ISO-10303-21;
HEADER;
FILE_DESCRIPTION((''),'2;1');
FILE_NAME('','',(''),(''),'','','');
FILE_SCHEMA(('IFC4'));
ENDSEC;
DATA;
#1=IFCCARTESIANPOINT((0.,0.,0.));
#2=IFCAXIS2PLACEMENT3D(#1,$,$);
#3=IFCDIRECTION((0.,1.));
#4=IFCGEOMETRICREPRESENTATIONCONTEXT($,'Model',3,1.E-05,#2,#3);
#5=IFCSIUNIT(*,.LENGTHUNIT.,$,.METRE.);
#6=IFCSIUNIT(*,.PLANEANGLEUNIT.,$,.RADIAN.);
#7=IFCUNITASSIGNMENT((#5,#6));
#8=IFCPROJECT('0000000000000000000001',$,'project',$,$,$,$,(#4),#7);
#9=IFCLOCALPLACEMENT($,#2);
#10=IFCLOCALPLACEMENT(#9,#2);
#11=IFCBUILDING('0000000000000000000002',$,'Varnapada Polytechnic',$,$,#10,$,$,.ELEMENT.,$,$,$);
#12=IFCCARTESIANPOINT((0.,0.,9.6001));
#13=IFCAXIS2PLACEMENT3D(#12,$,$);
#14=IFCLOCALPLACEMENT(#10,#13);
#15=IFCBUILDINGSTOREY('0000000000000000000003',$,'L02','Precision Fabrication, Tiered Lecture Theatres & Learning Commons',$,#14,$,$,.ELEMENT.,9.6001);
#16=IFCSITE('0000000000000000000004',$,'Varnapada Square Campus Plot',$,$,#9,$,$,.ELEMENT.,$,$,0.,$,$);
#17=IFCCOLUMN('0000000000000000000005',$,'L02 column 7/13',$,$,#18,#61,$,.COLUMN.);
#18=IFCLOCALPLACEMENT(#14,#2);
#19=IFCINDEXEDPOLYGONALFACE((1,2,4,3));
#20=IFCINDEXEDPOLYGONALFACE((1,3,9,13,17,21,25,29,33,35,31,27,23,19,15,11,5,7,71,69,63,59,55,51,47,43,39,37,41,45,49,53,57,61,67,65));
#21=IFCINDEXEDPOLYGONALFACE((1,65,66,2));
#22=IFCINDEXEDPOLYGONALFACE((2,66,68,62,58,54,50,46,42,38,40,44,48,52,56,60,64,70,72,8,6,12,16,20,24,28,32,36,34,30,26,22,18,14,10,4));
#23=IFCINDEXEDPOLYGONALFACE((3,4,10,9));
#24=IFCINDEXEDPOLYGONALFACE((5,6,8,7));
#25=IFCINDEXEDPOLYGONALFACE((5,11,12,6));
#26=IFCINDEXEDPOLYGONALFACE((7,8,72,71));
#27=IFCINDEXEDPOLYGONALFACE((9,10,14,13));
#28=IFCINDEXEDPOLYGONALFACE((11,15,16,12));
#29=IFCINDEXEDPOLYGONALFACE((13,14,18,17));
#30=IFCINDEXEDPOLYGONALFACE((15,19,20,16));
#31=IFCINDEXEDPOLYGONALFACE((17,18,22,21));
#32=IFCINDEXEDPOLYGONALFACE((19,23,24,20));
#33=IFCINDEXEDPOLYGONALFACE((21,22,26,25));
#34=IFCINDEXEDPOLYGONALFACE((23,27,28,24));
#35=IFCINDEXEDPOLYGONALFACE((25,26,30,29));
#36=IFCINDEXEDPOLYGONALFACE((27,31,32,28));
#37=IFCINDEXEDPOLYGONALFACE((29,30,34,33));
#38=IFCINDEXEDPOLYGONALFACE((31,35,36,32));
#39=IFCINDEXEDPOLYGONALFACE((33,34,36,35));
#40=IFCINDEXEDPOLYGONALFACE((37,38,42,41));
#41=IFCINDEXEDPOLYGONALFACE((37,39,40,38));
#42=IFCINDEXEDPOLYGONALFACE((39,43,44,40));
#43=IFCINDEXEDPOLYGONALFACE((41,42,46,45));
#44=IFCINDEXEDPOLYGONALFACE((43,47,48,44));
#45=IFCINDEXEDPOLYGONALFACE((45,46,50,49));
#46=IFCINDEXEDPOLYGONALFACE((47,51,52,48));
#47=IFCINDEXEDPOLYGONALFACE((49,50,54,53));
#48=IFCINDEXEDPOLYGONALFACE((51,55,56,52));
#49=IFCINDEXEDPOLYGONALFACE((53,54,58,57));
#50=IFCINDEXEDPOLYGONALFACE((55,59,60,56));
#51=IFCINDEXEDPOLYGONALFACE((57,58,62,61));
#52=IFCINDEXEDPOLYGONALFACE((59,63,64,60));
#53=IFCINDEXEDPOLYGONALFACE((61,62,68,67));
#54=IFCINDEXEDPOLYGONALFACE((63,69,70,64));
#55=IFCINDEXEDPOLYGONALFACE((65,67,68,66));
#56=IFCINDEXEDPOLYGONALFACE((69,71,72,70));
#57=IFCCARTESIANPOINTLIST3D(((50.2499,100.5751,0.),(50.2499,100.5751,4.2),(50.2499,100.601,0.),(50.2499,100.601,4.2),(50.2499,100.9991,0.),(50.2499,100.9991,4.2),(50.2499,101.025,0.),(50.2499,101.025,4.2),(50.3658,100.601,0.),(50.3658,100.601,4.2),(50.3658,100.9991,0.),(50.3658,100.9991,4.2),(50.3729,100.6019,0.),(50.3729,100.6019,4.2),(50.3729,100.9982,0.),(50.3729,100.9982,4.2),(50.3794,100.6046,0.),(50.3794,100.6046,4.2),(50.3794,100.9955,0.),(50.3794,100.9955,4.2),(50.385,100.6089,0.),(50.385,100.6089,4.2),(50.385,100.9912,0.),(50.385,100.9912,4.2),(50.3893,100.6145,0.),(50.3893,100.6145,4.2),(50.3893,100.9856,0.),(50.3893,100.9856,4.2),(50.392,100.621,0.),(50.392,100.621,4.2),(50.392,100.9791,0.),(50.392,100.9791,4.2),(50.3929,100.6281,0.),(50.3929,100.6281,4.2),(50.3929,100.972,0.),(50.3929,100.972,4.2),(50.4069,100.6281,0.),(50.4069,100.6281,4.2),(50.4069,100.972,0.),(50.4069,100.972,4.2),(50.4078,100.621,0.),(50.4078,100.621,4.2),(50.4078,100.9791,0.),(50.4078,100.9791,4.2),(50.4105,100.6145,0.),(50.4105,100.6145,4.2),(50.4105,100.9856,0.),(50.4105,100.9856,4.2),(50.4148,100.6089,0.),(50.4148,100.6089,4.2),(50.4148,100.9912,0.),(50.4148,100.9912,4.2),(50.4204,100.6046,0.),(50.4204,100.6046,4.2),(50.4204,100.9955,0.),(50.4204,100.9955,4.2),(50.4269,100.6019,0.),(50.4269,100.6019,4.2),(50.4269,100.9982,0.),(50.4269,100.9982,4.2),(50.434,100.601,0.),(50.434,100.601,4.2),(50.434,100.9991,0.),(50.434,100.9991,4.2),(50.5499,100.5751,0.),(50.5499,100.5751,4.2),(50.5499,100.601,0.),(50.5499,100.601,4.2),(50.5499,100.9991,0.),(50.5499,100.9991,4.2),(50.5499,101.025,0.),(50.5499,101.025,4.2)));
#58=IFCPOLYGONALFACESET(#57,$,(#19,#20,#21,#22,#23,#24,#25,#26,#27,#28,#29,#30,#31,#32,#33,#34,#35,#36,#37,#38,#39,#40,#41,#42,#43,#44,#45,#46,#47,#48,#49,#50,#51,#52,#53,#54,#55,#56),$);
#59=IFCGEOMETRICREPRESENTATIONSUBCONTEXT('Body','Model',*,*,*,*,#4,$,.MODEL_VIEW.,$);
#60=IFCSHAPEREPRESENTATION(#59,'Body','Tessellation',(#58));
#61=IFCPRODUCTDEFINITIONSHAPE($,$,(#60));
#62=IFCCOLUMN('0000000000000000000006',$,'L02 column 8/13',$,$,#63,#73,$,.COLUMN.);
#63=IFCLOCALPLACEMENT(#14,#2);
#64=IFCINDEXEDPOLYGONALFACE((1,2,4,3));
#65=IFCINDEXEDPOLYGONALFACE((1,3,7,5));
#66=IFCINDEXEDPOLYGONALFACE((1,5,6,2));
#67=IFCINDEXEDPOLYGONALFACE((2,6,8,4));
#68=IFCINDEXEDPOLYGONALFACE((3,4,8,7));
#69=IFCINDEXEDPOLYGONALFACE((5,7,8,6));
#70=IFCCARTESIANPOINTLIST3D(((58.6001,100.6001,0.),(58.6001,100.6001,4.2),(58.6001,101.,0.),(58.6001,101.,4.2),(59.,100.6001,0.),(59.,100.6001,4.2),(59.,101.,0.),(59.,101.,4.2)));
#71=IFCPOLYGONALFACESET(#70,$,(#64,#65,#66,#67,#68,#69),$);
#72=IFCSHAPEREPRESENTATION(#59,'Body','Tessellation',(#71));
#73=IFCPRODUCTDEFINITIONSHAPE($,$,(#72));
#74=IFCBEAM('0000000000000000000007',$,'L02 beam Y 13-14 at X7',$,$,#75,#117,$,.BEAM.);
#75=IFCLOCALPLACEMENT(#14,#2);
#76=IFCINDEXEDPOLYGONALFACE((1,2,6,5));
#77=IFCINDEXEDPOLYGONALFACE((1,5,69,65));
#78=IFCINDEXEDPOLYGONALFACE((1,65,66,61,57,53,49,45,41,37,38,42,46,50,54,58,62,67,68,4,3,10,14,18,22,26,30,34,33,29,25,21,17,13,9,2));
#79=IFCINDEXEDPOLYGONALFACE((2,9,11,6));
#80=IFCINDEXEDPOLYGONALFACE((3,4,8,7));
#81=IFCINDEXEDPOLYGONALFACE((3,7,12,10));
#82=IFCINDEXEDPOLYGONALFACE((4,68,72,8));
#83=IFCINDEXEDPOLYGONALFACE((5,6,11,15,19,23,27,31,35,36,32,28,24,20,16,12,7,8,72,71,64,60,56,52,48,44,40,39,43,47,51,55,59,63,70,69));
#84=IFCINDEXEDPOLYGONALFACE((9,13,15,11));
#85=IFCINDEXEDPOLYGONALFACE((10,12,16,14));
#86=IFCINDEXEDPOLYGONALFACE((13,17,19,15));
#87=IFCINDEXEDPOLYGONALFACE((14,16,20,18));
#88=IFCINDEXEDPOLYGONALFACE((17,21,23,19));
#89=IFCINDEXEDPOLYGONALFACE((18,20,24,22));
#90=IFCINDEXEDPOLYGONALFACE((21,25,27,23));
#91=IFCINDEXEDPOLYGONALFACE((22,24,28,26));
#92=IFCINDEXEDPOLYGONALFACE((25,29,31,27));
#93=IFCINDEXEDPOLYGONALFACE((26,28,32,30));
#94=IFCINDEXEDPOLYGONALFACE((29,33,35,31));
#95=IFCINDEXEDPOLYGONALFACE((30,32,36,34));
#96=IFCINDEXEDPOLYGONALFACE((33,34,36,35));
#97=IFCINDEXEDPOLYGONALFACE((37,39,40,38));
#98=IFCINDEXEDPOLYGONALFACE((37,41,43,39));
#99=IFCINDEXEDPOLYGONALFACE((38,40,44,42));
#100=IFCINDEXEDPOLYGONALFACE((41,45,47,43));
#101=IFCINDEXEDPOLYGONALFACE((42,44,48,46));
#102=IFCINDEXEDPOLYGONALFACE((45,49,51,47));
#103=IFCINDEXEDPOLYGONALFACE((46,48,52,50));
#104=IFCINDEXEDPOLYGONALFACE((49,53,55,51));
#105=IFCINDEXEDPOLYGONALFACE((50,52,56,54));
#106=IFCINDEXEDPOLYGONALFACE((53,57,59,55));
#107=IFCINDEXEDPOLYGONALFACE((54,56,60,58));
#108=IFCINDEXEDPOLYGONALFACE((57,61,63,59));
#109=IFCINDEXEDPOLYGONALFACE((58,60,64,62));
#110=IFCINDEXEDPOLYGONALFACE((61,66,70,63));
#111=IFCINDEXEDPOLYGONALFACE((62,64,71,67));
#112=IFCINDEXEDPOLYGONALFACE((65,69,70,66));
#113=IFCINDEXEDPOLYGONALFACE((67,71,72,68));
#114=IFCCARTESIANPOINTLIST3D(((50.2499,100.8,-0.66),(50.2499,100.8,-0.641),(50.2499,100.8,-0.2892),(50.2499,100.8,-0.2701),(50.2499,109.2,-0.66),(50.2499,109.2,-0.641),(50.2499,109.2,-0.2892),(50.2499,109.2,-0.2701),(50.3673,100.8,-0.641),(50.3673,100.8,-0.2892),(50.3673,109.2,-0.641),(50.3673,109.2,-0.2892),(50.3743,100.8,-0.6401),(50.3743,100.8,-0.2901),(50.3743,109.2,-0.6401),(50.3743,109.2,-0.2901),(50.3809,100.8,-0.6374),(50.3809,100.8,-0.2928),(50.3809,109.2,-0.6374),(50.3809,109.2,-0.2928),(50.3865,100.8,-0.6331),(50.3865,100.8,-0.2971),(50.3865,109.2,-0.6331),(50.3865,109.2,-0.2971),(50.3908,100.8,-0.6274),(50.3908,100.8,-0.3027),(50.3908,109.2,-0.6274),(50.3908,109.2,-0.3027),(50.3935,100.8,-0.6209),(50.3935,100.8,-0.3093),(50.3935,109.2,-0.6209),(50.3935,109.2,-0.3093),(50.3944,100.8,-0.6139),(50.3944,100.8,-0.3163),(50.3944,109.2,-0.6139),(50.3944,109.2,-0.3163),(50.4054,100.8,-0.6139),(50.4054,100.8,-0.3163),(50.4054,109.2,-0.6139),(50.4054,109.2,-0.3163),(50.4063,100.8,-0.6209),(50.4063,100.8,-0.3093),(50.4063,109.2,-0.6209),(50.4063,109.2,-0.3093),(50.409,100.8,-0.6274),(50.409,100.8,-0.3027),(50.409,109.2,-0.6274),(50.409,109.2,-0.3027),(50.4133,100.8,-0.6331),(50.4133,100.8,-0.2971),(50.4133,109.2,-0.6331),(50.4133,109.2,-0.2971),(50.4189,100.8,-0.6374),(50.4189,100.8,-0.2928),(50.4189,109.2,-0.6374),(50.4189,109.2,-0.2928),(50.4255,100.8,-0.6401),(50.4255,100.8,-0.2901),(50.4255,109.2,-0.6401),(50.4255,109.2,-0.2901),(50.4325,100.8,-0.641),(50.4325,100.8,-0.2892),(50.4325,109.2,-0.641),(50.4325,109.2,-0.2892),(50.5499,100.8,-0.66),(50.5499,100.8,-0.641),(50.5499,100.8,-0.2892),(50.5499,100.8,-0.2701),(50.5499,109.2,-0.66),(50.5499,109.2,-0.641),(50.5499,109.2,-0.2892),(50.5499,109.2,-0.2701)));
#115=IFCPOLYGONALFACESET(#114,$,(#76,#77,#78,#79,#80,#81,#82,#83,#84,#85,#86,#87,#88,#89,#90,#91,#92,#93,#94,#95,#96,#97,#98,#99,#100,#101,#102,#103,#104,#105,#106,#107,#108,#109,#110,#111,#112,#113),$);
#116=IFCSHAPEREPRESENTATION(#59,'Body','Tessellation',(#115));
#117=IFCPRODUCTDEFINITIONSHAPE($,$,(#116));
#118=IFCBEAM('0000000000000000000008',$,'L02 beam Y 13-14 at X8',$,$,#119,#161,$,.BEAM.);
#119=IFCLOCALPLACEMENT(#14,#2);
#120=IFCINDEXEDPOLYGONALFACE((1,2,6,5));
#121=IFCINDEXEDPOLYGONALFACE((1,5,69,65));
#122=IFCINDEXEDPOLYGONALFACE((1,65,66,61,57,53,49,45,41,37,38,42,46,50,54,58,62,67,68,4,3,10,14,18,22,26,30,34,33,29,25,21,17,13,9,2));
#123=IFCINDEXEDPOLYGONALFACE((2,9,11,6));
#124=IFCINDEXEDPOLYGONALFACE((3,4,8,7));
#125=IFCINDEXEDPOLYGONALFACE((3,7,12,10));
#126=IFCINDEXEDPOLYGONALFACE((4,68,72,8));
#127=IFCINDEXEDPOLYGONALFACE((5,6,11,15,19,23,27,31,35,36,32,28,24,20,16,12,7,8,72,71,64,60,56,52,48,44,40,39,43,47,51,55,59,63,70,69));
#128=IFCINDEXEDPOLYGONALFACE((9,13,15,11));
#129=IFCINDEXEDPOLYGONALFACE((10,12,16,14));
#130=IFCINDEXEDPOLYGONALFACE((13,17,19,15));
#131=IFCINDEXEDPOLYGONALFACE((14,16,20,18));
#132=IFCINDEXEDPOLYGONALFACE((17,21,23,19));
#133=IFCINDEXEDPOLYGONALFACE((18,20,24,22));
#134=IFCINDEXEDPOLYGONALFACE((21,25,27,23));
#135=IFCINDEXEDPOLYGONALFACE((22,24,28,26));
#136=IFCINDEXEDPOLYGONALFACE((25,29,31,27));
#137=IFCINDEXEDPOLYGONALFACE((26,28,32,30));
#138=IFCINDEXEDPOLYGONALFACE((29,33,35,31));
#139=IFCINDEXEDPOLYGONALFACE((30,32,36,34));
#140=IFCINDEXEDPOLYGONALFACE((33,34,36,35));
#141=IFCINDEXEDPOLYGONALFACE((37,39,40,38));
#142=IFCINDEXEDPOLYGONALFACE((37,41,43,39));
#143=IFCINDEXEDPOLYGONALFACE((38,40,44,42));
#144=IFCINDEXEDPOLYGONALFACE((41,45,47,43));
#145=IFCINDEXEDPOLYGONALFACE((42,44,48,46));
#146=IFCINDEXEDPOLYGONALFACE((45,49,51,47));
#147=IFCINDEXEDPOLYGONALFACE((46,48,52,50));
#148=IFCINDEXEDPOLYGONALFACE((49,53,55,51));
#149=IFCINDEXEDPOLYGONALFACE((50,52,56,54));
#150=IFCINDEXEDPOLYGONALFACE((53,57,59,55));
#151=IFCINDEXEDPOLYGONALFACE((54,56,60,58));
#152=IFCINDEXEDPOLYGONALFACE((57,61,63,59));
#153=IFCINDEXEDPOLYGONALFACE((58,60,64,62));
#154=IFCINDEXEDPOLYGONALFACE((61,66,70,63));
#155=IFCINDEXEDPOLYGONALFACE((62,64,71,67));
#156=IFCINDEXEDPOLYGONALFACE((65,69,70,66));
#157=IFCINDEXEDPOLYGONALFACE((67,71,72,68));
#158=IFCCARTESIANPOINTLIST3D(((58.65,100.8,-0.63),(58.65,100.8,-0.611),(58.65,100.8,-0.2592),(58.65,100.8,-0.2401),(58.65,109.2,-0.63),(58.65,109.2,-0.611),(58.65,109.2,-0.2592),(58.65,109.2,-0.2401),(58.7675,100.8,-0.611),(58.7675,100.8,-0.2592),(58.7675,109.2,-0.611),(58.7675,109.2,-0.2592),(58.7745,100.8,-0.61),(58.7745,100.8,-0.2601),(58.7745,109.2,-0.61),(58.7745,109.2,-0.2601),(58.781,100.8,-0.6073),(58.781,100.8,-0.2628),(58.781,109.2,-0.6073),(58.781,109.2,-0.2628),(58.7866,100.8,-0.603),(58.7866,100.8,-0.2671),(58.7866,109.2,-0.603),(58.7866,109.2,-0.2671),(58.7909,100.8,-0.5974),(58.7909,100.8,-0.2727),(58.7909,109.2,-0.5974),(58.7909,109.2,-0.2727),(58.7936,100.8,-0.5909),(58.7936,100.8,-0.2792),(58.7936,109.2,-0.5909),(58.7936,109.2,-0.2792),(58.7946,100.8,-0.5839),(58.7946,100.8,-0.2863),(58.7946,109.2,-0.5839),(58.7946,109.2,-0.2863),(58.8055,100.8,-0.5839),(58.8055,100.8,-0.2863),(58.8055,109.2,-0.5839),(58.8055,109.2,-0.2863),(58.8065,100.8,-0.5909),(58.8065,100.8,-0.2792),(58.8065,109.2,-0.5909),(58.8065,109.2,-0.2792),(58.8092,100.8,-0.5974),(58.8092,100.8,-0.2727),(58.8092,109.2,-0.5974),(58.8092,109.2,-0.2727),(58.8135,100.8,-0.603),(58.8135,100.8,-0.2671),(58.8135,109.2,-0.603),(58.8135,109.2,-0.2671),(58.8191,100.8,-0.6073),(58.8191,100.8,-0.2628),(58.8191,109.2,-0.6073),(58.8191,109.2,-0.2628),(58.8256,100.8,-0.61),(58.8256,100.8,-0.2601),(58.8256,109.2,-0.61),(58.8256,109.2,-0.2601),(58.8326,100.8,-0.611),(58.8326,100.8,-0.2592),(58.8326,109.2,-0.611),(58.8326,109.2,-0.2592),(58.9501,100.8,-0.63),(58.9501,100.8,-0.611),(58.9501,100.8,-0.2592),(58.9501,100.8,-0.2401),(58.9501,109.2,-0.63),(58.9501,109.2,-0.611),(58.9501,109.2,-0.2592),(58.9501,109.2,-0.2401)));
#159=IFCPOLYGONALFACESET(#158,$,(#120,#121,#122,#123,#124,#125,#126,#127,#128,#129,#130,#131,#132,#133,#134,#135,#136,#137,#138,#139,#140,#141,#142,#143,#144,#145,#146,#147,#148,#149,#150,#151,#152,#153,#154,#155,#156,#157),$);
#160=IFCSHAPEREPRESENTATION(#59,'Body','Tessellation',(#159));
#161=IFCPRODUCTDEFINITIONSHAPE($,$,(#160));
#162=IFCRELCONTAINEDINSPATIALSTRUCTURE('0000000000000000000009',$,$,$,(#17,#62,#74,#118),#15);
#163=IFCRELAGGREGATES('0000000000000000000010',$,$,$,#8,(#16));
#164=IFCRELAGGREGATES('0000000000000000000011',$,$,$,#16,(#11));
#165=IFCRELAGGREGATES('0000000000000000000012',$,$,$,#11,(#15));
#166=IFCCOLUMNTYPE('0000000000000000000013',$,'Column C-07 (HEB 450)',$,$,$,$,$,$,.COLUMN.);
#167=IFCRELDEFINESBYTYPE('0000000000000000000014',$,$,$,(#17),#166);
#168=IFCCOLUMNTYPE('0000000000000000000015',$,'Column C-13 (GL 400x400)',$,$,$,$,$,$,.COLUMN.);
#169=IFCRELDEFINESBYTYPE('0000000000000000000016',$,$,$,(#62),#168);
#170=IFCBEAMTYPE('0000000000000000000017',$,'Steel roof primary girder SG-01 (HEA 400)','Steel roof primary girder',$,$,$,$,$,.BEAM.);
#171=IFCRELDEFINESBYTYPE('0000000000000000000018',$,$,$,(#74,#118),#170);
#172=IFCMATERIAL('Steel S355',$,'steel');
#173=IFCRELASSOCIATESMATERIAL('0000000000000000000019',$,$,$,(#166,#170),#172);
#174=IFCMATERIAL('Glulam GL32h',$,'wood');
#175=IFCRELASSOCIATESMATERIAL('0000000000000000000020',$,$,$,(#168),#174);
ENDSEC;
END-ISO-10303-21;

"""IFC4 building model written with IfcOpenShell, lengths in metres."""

from ifc_helpers import new_model, si_unit, direction, frame, origin, origin_2d, place, context, subcontext, project, spatial, rectangle, i_section, extrude, material, material_profile, profile_set, type_object, element, save


model = new_model("IFC4")

# Units and contexts
model_context = context("Model", 3, precision=1e-05, world=origin(), true_north=direction((0.0, 1.0)))
body_context = subcontext(model_context, "Body", "Model", "MODEL_VIEW")
ifc_project = project(units=[si_unit("LENGTHUNIT", "METRE"), si_unit("PLANEANGLEUNIT", "RADIAN")], contexts=[model_context])

# Site, building, storey
site_placement = place(None, origin())
site = spatial("IfcSite", under=ifc_project, at=site_placement, Name="Varnapada Square Campus Plot", CompositionType="ELEMENT", RefElevation=0.0)
building_placement = place(site_placement, origin())
building = spatial("IfcBuilding", under=site, at=building_placement, Name="Varnapada Polytechnic", CompositionType="ELEMENT")
storey_placement = place(building_placement, frame((0.0, 0.0, 9.6001)))
storey = spatial("IfcBuildingStorey", under=building, at=storey_placement, Name="L02", Description="Precision Fabrication, Tiered Lecture Theatres & Learning Commons", CompositionType="ELEMENT", Elevation=9.6001)

# Columns
ifc_material_1 = material(Name="Steel S355", Category="steel")
ifc_material_profile_1 = material_profile(ifc_material_1, i_section(OverallWidth=0.3, OverallDepth=0.45, WebThickness=0.0139, FlangeThickness=0.0259, FilletRadius=0.0271, at=origin_2d()), Name="HEB 450")
ifc_profile_set_1 = profile_set([ifc_material_profile_1], Name="Steel S355")
column_type_1 = type_object("IfcColumnType", Name="Column C-07 (HEB 450)", PredefinedType="COLUMN", material=ifc_profile_set_1)
column_1_placement = place(storey_placement, frame((50.3999, 100.8, 0.0), z_axis=(0.0, 0.0, 1.0), x_axis=(1.0, 0.0, 0.0)))
element("IfcColumn", 1, at=column_1_placement, inside=storey, type_object=column_type_1, Name="L02 column 7/13", PredefinedType="COLUMN", context=body_context, shape_type="SweptSolid", body=[
    extrude(i_section(OverallWidth=0.3, OverallDepth=0.45, WebThickness=0.0139, FlangeThickness=0.0259, FilletRadius=0.0271, at=origin_2d()), origin(), (0.0, 0.0, 1.0), 4.2),
])
ifc_material_2 = material(Name="Glulam GL32h", Category="wood")
ifc_material_profile_2 = material_profile(ifc_material_2, rectangle(XDim=0.3999, YDim=0.3999, at=origin_2d()), Name="GL 400x400")
ifc_profile_set_2 = profile_set([ifc_material_profile_2], Name="Glulam GL32h")
column_type_2 = type_object("IfcColumnType", Name="Column C-13 (GL 400x400)", PredefinedType="COLUMN", material=ifc_profile_set_2)
column_2_placement = place(storey_placement, frame((58.8, 100.8, 0.0), z_axis=(0.0, 0.0, 1.0), x_axis=(1.0, 0.0, 0.0)))
element("IfcColumn", 2, at=column_2_placement, inside=storey, type_object=column_type_2, Name="L02 column 8/13", PredefinedType="COLUMN", context=body_context, shape_type="SweptSolid", body=[
    extrude(rectangle(XDim=0.3999, YDim=0.3999, at=origin_2d()), origin(), (0.0, 0.0, 1.0), 4.2),
])

# Beams
ifc_material_profile_3 = material_profile(ifc_material_1, i_section(OverallWidth=0.3, OverallDepth=0.3899, WebThickness=0.011, FlangeThickness=0.019, FilletRadius=0.0271, at=origin_2d()), Name="HEA 400")
ifc_profile_set_3 = profile_set([ifc_material_profile_3], Name="Steel S355")
beam_type_1 = type_object("IfcBeamType", Name="Steel roof primary girder SG-01 (HEA 400)", Description="Steel roof primary girder", PredefinedType="BEAM", material=ifc_profile_set_3)
for number, where, z_axis, x_axis, name in (
    (3, (50.3999, 100.8, -0.4651), (0.0, 1.0, 0.0), (-1.0, 0.0, 0.0), "L02 beam Y 13-14 at X7"),
    (4, (58.8, 100.8, -0.4351), (0.0, 1.0, 0.0), (-1.0, 0.0, 0.0), "L02 beam Y 13-14 at X8"),
):
    element("IfcBeam", number, at=place(storey_placement, frame(where, z_axis=z_axis, x_axis=x_axis)), inside=storey, type_object=beam_type_1, Name=name, PredefinedType="BEAM", context=body_context, shape_type="SweptSolid", body=[
        extrude(i_section(OverallWidth=0.3, OverallDepth=0.3899, WebThickness=0.011, FlangeThickness=0.019, FilletRadius=0.0271, at=origin_2d()), origin(), (0.0, 0.0, 1.0), 8.3999),
    ])

save(model, "model.ifc")
